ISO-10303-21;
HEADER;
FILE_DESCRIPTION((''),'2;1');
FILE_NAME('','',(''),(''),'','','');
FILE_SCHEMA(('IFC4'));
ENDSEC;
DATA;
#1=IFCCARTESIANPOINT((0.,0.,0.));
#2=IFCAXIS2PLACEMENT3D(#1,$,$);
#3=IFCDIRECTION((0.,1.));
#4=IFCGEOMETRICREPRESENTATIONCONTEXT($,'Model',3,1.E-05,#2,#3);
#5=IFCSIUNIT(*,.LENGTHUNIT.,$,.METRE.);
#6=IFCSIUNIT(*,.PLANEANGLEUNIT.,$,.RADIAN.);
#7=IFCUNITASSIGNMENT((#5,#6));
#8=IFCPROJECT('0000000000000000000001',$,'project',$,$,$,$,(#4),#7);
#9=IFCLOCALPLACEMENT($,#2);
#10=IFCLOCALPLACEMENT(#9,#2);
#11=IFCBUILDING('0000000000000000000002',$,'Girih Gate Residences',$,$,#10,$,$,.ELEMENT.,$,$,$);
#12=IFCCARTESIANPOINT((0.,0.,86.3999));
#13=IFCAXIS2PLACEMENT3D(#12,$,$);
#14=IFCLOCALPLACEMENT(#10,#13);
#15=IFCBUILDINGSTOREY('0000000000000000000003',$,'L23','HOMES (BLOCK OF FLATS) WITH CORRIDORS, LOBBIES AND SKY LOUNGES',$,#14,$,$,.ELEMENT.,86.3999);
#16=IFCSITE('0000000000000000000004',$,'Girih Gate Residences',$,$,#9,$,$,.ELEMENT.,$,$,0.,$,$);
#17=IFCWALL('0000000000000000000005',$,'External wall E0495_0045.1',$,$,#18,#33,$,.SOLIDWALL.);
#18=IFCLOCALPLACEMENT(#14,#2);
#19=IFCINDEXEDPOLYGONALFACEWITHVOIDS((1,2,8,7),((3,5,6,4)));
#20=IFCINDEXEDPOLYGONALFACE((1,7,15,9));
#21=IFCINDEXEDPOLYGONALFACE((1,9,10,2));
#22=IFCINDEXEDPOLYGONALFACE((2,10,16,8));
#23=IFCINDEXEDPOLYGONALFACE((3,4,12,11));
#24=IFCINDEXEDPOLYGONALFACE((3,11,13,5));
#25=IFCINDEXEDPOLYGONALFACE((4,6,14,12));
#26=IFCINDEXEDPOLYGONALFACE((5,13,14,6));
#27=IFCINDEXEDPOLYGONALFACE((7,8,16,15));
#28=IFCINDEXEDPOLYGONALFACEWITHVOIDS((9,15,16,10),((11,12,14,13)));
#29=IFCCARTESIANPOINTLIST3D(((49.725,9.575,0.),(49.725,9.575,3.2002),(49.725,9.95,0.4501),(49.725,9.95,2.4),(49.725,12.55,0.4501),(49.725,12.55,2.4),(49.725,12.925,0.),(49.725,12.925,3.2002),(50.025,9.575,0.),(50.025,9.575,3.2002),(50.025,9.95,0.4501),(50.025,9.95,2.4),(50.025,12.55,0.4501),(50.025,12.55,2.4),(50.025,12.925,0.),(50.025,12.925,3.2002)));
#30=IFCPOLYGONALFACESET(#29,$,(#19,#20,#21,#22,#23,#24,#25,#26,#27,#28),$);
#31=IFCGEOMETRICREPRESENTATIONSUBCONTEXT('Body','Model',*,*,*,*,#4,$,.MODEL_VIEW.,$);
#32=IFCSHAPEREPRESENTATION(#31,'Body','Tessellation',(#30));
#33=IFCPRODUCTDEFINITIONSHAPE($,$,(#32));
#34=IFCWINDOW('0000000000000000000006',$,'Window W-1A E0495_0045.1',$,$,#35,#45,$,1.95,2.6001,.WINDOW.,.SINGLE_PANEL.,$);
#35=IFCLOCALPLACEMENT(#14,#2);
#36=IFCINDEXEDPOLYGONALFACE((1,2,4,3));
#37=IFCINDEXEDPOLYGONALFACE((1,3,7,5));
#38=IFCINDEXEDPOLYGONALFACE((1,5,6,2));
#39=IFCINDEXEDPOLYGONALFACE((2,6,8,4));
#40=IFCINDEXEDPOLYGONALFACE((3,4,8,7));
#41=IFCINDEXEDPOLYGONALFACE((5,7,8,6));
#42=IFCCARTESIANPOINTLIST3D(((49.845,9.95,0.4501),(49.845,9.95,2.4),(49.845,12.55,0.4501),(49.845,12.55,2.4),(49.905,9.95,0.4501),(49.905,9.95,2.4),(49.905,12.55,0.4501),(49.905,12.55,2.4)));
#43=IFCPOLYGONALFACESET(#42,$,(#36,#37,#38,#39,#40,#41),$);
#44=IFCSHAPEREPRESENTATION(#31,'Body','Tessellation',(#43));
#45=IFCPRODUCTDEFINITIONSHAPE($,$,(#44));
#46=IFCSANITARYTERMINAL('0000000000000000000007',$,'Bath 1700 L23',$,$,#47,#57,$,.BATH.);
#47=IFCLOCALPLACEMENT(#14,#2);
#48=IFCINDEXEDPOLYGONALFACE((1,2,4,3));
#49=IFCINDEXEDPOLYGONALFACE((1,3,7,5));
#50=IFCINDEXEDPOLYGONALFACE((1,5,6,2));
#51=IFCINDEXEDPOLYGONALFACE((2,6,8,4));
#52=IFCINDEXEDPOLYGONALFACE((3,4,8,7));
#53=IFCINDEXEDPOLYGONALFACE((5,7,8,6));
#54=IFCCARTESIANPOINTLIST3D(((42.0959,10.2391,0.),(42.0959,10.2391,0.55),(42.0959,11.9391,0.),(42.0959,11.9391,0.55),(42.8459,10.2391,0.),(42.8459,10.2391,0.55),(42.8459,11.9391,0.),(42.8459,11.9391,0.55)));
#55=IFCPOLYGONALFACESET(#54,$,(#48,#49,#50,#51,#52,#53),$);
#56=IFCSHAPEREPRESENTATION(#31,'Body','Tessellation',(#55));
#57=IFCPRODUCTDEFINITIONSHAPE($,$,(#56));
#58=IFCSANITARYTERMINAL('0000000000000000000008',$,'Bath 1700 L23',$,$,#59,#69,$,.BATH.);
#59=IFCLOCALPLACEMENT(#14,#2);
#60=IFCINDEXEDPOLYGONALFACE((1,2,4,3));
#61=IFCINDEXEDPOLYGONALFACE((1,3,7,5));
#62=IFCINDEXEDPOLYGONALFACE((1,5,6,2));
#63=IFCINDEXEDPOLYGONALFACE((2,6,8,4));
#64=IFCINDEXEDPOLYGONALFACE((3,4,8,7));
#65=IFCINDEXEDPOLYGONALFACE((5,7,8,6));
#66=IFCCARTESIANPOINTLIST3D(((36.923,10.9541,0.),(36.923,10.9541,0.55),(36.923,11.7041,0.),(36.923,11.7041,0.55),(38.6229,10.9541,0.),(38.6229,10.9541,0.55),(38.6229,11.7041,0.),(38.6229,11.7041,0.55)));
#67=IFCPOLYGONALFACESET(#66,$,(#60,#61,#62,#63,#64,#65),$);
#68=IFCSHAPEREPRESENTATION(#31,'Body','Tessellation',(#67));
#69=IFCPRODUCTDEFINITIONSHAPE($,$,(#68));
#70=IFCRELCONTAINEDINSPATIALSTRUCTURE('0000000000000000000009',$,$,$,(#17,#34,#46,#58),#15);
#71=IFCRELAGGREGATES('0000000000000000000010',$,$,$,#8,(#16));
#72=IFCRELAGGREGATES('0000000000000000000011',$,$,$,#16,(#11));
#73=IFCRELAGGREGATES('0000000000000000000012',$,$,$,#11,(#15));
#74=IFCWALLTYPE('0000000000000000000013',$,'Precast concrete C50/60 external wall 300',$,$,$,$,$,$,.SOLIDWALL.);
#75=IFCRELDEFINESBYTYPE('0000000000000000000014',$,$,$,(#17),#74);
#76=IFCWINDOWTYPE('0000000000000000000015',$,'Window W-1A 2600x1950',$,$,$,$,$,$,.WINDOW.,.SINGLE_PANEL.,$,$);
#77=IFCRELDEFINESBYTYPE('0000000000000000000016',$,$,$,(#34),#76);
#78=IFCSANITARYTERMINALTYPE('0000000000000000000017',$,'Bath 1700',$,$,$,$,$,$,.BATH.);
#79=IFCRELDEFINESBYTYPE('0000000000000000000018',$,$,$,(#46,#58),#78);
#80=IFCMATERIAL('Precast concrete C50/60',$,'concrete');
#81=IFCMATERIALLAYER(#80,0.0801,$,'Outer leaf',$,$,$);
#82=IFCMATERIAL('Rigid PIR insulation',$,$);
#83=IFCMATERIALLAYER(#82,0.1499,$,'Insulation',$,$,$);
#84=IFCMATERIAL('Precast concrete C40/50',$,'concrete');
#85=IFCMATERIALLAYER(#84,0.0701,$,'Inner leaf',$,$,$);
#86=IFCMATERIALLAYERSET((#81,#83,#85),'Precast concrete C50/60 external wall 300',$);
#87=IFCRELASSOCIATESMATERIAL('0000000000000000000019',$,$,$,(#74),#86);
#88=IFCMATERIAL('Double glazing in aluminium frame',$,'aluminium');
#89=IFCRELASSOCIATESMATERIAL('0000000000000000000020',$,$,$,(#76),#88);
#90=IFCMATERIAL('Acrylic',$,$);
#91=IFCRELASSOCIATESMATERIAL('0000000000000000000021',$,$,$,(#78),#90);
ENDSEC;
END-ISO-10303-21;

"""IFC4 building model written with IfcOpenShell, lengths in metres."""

from ifc_helpers import new_model, si_unit, direction, frame, frame_2d, origin, origin_2d, place, context, subcontext, project, spatial, rectangle, extrude, material, layer, layer_set, type_object, element, fill, save


model = new_model("IFC4")

# Units and contexts
model_context = context("Model", 3, precision=1e-05, world=origin(), true_north=direction((0.0, 1.0)))
body_context = subcontext(model_context, "Body", "Model", "MODEL_VIEW")
ifc_project = project(units=[si_unit("LENGTHUNIT", "METRE"), si_unit("PLANEANGLEUNIT", "RADIAN")], contexts=[model_context])

# Site, building, storey
site_placement = place(None, origin())
site = spatial("IfcSite", under=ifc_project, at=site_placement, Name="Girih Gate Residences", CompositionType="ELEMENT", RefElevation=0.0)
building_placement = place(site_placement, origin())
building = spatial("IfcBuilding", under=site, at=building_placement, Name="Girih Gate Residences", CompositionType="ELEMENT")
storey_placement = place(building_placement, frame((0.0, 0.0, 86.3999)))
storey = spatial("IfcBuildingStorey", under=building, at=storey_placement, Name="L23", Description="HOMES (BLOCK OF FLATS) WITH CORRIDORS, LOBBIES AND SKY LOUNGES", CompositionType="ELEMENT", Elevation=86.3999)

# Wall, opening, window
ifc_material_1 = material(Name="Precast concrete C50/60", Category="concrete")
ifc_layer_1 = layer(ifc_material_1, 0.0801, Name="Outer leaf")
ifc_material_2 = material(Name="Rigid PIR insulation")
ifc_layer_2 = layer(ifc_material_2, 0.1499, Name="Insulation")
ifc_material_3 = material(Name="Precast concrete C40/50", Category="concrete")
ifc_layer_3 = layer(ifc_material_3, 0.0701, Name="Inner leaf")
ifc_layer_set_1 = layer_set([ifc_layer_1, ifc_layer_2, ifc_layer_3], Name="Precast concrete C50/60 external wall 300")
wall_type_1 = type_object("IfcWallType", Name="Precast concrete C50/60 external wall 300", PredefinedType="SOLIDWALL", material=ifc_layer_set_1)
wall_1_placement = place(storey_placement, frame((49.875, 12.925, 0.0), z_axis=(0.0, 0.0, 1.0), x_axis=(0.0, -1.0, 0.0)))
wall_1 = element("IfcWall", 1, at=wall_1_placement, inside=storey, type_object=wall_type_1, Name="External wall E0495_0045.1", PredefinedType="SOLIDWALL", context=body_context, shape_type="SweptSolid", body=[
    extrude(rectangle(XDim=3.3501, YDim=0.3, at=frame_2d((1.675, 0.0))), origin(), (0.0, 0.0, 1.0), 3.2002),
])
opening_1_placement = place(wall_1_placement, frame((0.375, 0.0, 0.45)))
opening_1 = element("IfcOpeningElement", 2, at=opening_1_placement, cuts=wall_1, PredefinedType="OPENING", context=body_context, shape_type="SweptSolid", body=[
    extrude(rectangle(XDim=2.6001, YDim=1.95, at=frame_2d((1.3, 0.9751))), frame((0.0, 0.1599, 0.0), z_axis=(0.0, -1.0, 0.0), x_axis=(1.0, 0.0, 0.0)), (0.0, 0.0, 1.0), 0.3201),
])
ifc_material_4 = material(Name="Double glazing in aluminium frame", Category="aluminium")
window_type = type_object("IfcWindowType", Name="Window W-1A 2600x1950", PartitioningType="SINGLE_PANEL", PredefinedType="WINDOW", material=ifc_material_4)
window_placement = place(opening_1_placement, origin())
window = element("IfcWindow", 3, at=window_placement, inside=storey, type_object=window_type, Name="Window W-1A E0495_0045.1", OverallHeight=1.95, OverallWidth=2.6001, PartitioningType="SINGLE_PANEL", PredefinedType="WINDOW", context=body_context, shape_type="SweptSolid", body=[
    extrude(rectangle(XDim=2.6001, YDim=1.95, at=frame_2d((1.3, 0.9751))), frame((0.0, 0.03, 0.0), z_axis=(0.0, -1.0, 0.0), x_axis=(1.0, 0.0, 0.0)), (0.0, 0.0, 1.0), 0.0601),
])
fill(opening_1, window)

# Sanitary terminals
ifc_material_5 = material(Name="Acrylic")
sanitary_terminal_type = type_object("IfcSanitaryTerminalType", Name="Bath 1700", PredefinedType="BATH", material=ifc_material_5)
sanitary_terminal_1_placement = place(storey_placement, frame((42.4709, 11.0891, 0.0), z_axis=(0.0, 0.0, 1.0), x_axis=(1.0, 0.0, 0.0)))
element("IfcSanitaryTerminal", 4, at=sanitary_terminal_1_placement, inside=storey, type_object=sanitary_terminal_type, Name="Bath 1700 L23", PredefinedType="BATH", context=body_context, shape_type="SweptSolid", body=[
    extrude(rectangle(XDim=0.75, YDim=1.7, at=origin_2d()), origin(), (0.0, 0.0, 1.0), 0.55),
])
sanitary_terminal_2_placement = place(storey_placement, frame((37.7729, 11.3291, 0.0), z_axis=(0.0, 0.0, 1.0), x_axis=(1.0, 0.0, 0.0)))
element("IfcSanitaryTerminal", 5, at=sanitary_terminal_2_placement, inside=storey, type_object=sanitary_terminal_type, Name="Bath 1700 L23", PredefinedType="BATH", context=body_context, shape_type="SweptSolid", body=[
    extrude(rectangle(XDim=1.7, YDim=0.75, at=origin_2d()), origin(), (0.0, 0.0, 1.0), 0.55),
])

save(model, "model.ifc")
